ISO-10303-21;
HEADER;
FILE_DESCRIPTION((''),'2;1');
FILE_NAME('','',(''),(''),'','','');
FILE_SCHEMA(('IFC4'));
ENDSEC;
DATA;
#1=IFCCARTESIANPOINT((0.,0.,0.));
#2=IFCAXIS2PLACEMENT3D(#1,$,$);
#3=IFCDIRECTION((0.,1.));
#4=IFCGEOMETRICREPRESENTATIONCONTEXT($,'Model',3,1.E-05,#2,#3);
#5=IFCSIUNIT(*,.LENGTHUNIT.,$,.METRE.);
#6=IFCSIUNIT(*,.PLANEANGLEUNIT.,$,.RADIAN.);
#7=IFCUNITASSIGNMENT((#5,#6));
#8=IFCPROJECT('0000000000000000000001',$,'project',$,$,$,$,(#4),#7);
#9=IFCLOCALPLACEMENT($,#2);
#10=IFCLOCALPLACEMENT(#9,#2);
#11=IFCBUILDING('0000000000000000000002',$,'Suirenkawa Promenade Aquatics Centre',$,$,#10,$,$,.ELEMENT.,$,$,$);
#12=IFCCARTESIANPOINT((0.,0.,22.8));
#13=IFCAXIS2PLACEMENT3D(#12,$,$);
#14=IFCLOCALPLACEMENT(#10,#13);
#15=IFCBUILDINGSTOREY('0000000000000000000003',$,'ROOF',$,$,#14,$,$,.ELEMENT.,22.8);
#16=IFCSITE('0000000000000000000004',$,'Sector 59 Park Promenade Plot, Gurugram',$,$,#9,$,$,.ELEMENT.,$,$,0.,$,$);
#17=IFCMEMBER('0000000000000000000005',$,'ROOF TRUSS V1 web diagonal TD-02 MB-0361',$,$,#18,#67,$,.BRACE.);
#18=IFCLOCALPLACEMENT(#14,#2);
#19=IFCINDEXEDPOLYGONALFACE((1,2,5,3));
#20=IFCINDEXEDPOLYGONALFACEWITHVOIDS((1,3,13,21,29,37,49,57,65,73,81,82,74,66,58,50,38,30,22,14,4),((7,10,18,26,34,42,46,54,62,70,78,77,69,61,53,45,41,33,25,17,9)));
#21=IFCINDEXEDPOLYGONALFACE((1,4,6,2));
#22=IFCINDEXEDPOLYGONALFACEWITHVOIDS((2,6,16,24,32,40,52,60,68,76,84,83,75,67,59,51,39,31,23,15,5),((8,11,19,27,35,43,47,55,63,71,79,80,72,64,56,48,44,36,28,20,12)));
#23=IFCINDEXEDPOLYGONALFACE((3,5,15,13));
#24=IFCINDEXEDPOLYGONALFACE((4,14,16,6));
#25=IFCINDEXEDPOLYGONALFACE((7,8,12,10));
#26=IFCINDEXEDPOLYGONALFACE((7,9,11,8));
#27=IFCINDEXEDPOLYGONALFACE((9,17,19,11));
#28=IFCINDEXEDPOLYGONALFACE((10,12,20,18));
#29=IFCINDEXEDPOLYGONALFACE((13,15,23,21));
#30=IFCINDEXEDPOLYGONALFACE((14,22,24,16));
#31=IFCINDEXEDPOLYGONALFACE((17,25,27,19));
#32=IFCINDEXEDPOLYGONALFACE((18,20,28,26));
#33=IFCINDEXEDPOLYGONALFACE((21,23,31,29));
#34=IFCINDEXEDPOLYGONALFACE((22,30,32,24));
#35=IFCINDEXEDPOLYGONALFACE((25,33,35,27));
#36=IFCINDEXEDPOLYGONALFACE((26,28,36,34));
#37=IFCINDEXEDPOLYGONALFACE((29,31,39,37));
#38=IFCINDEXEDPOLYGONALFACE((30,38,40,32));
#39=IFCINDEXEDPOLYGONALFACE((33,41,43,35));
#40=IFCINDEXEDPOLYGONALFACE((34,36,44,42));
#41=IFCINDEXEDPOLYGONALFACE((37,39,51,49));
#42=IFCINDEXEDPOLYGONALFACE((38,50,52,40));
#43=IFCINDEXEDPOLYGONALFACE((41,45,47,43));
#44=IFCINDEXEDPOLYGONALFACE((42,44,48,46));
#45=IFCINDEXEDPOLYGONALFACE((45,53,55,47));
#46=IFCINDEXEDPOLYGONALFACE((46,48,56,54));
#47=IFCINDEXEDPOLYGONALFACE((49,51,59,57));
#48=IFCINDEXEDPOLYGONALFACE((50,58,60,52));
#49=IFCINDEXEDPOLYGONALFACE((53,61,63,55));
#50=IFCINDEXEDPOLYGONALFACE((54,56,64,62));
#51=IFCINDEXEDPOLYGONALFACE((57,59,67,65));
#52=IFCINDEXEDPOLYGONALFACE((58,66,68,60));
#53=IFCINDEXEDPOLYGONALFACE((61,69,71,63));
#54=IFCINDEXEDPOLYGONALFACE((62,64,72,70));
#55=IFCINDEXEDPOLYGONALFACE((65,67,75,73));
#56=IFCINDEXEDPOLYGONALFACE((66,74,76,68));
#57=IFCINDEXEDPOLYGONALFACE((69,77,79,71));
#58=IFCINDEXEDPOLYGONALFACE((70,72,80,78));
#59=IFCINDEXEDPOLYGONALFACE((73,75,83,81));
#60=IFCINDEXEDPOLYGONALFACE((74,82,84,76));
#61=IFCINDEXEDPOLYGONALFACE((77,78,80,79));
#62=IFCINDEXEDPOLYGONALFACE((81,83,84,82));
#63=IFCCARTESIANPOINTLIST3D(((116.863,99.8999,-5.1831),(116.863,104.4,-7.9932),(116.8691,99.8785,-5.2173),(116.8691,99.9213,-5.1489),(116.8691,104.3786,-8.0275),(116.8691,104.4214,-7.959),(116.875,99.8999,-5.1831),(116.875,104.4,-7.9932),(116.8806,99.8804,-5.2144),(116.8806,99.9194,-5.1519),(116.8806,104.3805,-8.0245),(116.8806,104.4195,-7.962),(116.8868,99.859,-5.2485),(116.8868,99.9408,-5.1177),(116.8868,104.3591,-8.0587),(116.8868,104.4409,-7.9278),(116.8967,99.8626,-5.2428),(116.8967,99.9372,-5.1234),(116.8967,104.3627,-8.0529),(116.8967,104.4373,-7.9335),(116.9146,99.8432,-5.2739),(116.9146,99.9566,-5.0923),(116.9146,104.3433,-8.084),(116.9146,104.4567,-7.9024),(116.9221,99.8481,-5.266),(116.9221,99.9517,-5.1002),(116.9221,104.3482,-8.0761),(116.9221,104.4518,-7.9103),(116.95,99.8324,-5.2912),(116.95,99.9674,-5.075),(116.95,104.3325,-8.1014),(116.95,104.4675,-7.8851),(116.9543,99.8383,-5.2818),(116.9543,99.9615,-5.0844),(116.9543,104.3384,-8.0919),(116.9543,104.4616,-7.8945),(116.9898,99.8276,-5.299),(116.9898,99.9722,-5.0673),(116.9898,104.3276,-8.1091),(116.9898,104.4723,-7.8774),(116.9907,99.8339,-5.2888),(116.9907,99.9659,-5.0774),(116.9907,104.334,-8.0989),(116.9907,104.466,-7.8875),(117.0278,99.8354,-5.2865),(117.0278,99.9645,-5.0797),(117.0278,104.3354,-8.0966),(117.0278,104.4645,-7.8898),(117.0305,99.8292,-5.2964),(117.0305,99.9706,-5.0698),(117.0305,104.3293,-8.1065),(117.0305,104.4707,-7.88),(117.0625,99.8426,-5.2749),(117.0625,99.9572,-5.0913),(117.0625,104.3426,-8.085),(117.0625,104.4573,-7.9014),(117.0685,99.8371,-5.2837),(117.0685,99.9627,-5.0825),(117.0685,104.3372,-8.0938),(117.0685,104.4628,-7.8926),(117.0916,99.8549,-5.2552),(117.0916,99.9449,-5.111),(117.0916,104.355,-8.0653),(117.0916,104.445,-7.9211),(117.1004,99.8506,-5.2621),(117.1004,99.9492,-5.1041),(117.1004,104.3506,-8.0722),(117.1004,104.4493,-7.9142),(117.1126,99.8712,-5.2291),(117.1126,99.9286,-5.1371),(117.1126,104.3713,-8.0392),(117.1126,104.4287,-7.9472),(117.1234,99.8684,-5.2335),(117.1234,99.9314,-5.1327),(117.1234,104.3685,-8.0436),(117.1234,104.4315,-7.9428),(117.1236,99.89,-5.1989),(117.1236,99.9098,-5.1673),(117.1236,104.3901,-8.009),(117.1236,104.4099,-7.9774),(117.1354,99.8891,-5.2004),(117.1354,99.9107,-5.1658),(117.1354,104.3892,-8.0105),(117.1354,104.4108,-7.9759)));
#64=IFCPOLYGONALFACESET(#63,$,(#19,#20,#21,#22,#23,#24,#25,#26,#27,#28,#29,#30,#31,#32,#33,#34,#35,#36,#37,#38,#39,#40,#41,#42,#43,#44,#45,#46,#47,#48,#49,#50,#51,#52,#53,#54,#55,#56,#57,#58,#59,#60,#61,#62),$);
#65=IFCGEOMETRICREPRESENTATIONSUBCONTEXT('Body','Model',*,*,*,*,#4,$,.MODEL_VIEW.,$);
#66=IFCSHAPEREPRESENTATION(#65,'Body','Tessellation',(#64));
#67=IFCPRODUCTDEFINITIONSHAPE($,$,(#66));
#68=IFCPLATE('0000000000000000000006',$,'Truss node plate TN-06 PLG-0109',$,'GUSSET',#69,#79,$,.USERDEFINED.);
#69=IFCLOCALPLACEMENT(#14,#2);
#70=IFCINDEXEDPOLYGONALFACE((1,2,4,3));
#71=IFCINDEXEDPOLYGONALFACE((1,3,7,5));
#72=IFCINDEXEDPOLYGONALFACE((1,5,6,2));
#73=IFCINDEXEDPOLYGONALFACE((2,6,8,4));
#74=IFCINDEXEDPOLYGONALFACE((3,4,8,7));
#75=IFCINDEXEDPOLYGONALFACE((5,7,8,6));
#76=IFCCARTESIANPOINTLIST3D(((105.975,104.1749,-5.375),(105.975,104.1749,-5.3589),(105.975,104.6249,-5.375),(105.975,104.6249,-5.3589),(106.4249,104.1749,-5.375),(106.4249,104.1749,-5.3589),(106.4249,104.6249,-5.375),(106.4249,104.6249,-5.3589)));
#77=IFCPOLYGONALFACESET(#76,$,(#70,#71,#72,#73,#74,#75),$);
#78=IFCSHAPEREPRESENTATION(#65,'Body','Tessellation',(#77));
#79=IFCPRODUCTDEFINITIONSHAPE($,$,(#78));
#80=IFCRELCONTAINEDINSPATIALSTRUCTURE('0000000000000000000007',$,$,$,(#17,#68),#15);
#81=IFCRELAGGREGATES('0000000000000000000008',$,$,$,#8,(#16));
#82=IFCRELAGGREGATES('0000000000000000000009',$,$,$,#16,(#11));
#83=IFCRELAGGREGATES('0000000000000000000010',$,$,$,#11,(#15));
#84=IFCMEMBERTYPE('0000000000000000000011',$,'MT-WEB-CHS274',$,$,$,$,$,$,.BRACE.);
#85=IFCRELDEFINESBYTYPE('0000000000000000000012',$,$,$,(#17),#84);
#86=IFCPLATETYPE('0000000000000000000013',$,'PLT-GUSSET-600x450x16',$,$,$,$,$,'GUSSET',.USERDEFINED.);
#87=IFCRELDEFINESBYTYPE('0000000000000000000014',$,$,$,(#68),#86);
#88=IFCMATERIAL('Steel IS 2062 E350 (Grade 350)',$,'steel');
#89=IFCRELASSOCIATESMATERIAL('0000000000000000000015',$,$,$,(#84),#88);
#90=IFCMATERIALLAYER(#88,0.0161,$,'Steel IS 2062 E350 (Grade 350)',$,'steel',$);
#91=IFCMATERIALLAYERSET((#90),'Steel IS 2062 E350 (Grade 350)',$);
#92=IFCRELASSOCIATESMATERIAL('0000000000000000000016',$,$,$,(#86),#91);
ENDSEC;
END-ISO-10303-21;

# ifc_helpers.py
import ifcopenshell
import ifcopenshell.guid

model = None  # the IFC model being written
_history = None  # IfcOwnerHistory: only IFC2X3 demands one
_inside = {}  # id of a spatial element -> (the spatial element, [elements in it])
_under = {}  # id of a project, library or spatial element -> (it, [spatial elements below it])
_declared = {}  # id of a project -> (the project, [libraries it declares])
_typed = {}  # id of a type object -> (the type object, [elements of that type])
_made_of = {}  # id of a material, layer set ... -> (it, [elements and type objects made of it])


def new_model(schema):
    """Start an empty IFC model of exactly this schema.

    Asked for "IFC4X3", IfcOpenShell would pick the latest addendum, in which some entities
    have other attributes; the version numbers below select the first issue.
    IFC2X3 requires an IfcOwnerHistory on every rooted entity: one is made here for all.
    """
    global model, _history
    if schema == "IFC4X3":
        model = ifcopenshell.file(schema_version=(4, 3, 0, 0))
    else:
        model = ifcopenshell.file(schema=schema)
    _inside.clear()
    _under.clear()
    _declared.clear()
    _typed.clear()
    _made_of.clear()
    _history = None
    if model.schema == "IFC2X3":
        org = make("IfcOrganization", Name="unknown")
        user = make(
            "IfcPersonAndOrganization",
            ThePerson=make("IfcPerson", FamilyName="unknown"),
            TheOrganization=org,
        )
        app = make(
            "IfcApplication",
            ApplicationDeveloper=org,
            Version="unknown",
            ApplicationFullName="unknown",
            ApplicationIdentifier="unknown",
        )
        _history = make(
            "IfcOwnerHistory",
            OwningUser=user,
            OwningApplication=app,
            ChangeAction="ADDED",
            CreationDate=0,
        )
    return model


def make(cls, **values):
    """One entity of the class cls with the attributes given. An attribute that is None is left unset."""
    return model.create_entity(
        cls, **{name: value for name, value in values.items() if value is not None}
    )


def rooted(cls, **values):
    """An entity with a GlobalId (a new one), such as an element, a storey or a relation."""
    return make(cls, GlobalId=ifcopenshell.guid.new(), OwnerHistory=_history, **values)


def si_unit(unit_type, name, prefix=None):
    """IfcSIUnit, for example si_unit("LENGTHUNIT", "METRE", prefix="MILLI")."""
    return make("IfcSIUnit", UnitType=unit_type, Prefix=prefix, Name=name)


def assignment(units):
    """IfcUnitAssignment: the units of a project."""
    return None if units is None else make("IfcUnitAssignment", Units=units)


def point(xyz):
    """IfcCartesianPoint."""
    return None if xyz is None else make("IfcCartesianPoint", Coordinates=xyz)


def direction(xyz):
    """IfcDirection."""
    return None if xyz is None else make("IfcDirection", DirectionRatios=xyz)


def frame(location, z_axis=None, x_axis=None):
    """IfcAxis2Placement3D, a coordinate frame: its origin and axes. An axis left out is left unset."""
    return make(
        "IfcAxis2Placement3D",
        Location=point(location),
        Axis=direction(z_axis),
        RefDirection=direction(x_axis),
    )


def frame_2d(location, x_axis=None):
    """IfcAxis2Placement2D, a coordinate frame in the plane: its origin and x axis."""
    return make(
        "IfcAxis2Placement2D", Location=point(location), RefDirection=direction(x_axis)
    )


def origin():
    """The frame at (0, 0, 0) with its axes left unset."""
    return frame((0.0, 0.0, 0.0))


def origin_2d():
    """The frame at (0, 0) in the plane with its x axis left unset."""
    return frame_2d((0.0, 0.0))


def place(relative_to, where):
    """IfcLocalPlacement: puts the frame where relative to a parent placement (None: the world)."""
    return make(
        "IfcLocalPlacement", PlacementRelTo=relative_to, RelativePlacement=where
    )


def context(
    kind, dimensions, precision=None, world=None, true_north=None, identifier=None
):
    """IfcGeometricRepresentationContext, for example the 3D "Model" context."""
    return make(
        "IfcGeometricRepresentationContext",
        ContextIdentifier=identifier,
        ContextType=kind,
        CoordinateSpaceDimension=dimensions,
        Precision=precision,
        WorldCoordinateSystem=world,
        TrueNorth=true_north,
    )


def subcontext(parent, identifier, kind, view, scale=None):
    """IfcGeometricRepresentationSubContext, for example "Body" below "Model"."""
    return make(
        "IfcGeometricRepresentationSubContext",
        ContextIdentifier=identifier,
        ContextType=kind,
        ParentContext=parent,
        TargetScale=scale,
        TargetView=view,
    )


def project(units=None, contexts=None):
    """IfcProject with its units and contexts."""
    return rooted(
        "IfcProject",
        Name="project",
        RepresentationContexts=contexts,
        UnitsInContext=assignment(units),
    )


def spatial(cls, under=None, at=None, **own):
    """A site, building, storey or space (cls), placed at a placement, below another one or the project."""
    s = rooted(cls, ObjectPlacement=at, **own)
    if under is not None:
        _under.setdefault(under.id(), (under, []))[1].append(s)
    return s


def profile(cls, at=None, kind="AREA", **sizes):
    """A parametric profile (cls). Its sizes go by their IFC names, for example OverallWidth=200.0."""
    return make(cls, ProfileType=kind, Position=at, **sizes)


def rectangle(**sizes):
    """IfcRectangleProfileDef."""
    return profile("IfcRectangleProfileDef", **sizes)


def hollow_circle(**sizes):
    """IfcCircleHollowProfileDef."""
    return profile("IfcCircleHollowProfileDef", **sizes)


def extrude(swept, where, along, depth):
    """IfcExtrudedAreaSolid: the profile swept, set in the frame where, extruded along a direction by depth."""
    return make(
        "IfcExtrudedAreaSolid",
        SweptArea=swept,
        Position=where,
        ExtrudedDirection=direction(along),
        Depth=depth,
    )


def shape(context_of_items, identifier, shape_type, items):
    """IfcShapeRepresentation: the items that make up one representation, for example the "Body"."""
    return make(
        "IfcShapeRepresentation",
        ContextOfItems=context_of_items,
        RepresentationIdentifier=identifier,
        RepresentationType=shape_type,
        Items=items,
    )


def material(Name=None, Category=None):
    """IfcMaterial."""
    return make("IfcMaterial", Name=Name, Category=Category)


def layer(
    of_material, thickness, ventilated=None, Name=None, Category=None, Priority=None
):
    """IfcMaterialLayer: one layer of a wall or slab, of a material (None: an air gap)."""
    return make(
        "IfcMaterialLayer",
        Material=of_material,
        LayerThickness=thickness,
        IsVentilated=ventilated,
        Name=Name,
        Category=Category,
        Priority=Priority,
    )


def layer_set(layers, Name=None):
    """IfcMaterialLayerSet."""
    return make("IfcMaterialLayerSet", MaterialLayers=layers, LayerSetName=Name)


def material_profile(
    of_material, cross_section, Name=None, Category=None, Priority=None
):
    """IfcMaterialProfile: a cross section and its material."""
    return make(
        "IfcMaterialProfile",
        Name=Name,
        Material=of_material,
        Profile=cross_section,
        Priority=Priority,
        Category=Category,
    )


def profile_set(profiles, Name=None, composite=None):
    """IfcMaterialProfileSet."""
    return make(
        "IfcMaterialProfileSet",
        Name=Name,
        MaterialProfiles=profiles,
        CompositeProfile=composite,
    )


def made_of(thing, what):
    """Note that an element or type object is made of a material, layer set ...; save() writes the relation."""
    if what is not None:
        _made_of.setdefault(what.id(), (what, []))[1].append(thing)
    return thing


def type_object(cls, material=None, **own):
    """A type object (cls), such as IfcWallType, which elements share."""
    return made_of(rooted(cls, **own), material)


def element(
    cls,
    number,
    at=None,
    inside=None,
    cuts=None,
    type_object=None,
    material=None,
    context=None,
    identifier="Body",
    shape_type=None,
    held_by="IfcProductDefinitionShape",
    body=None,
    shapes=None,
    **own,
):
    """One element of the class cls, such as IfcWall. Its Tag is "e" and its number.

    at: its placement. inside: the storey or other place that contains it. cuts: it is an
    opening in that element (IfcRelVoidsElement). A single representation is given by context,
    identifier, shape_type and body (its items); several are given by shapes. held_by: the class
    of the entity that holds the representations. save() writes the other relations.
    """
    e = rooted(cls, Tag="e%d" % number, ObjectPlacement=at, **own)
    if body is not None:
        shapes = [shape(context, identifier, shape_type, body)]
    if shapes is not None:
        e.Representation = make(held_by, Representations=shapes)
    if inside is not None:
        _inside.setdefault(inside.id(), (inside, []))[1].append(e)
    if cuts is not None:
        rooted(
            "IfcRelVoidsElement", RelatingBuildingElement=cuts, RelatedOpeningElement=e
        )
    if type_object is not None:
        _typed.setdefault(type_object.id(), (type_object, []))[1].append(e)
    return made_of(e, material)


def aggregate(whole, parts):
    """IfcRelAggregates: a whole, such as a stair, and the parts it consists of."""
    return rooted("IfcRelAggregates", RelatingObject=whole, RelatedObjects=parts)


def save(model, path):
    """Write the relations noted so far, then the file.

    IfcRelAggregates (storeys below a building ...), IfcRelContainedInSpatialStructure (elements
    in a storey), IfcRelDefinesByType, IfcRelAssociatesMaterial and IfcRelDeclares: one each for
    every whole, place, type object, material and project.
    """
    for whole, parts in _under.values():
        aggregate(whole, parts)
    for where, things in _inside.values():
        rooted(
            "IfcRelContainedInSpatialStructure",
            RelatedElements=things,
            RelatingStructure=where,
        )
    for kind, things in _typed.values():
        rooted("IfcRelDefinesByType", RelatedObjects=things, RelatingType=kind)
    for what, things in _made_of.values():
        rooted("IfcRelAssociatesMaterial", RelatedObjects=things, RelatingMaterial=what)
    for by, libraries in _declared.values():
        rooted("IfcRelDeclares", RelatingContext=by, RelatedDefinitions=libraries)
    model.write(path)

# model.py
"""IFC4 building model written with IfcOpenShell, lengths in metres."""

from ifc_helpers import new_model, si_unit, direction, frame, origin, origin_2d, place, context, subcontext, project, spatial, rectangle, hollow_circle, extrude, material, layer, layer_set, material_profile, profile_set, type_object, element, save


model = new_model("IFC4")

# Units and contexts
model_context = context("Model", 3, precision=1e-05, world=origin(), true_north=direction((0.0, 1.0)))
body_context = subcontext(model_context, "Body", "Model", "MODEL_VIEW")
ifc_project = project(units=[si_unit("LENGTHUNIT", "METRE"), si_unit("PLANEANGLEUNIT", "RADIAN")], contexts=[model_context])

# Site, building, storey
site_placement = place(None, origin())
site = spatial("IfcSite", under=ifc_project, at=site_placement, Name="Sector 59 Park Promenade Plot, Gurugram", CompositionType="ELEMENT", RefElevation=0.0)
building_placement = place(site_placement, origin())
building = spatial("IfcBuilding", under=site, at=building_placement, Name="Suirenkawa Promenade Aquatics Centre", CompositionType="ELEMENT")
storey_placement = place(building_placement, frame((0.0, 0.0, 22.8)))
storey = spatial("IfcBuildingStorey", under=building, at=storey_placement, Name="ROOF", CompositionType="ELEMENT", Elevation=22.8)

# Shared definitions
ifc_material = material(Name="Steel IS 2062 E350 (Grade 350)", Category="steel")

# Member
ifc_material_profile_1 = material_profile(ifc_material, hollow_circle(Radius=0.137, WallThickness=0.012, at=origin_2d()), Name="CHS 274x12", Category="steel")
ifc_profile_set_1 = profile_set([ifc_material_profile_1], Name="Steel IS 2062 E350 (Grade 350)")
member_type_1 = type_object("IfcMemberType", Name="MT-WEB-CHS274", PredefinedType="BRACE", material=ifc_profile_set_1)
member_1_placement = place(storey_placement, frame((117.0, 99.8999, -5.1831), z_axis=(0.0, 0.848205, -0.529668), x_axis=(-1.0, 0.0, 0.0)))
element("IfcMember", 1, at=member_1_placement, inside=storey, type_object=member_type_1, Name="ROOF TRUSS V1 web diagonal TD-02 MB-0361", PredefinedType="BRACE", context=body_context, shape_type="SweptSolid", body=[
    extrude(hollow_circle(Radius=0.137, WallThickness=0.012, at=origin_2d()), origin(), (0.0, 0.0, 1.0), 5.3054),
])

# Plate
ifc_layer = layer(ifc_material, 0.0161, Name="Steel IS 2062 E350 (Grade 350)", Category="steel")
ifc_layer_set = layer_set([ifc_layer], Name="Steel IS 2062 E350 (Grade 350)")
plate_type = type_object("IfcPlateType", Name="PLT-GUSSET-600x450x16", ElementType="GUSSET", PredefinedType="USERDEFINED", material=ifc_layer_set)
plate_placement = place(storey_placement, frame((106.2, 104.3999, -5.375), z_axis=(0.0, 0.0, 1.0), x_axis=(1.0, 0.0, 0.0)))
element("IfcPlate", 2, at=plate_placement, inside=storey, type_object=plate_type, Name="Truss node plate TN-06 PLG-0109", ObjectType="GUSSET", PredefinedType="USERDEFINED", context=body_context, shape_type="SweptSolid", body=[
    extrude(rectangle(XDim=0.45, YDim=0.45, at=origin_2d()), origin(), (0.0, 0.0, 1.0), 0.0161),
])

save(model, "model.ifc")
